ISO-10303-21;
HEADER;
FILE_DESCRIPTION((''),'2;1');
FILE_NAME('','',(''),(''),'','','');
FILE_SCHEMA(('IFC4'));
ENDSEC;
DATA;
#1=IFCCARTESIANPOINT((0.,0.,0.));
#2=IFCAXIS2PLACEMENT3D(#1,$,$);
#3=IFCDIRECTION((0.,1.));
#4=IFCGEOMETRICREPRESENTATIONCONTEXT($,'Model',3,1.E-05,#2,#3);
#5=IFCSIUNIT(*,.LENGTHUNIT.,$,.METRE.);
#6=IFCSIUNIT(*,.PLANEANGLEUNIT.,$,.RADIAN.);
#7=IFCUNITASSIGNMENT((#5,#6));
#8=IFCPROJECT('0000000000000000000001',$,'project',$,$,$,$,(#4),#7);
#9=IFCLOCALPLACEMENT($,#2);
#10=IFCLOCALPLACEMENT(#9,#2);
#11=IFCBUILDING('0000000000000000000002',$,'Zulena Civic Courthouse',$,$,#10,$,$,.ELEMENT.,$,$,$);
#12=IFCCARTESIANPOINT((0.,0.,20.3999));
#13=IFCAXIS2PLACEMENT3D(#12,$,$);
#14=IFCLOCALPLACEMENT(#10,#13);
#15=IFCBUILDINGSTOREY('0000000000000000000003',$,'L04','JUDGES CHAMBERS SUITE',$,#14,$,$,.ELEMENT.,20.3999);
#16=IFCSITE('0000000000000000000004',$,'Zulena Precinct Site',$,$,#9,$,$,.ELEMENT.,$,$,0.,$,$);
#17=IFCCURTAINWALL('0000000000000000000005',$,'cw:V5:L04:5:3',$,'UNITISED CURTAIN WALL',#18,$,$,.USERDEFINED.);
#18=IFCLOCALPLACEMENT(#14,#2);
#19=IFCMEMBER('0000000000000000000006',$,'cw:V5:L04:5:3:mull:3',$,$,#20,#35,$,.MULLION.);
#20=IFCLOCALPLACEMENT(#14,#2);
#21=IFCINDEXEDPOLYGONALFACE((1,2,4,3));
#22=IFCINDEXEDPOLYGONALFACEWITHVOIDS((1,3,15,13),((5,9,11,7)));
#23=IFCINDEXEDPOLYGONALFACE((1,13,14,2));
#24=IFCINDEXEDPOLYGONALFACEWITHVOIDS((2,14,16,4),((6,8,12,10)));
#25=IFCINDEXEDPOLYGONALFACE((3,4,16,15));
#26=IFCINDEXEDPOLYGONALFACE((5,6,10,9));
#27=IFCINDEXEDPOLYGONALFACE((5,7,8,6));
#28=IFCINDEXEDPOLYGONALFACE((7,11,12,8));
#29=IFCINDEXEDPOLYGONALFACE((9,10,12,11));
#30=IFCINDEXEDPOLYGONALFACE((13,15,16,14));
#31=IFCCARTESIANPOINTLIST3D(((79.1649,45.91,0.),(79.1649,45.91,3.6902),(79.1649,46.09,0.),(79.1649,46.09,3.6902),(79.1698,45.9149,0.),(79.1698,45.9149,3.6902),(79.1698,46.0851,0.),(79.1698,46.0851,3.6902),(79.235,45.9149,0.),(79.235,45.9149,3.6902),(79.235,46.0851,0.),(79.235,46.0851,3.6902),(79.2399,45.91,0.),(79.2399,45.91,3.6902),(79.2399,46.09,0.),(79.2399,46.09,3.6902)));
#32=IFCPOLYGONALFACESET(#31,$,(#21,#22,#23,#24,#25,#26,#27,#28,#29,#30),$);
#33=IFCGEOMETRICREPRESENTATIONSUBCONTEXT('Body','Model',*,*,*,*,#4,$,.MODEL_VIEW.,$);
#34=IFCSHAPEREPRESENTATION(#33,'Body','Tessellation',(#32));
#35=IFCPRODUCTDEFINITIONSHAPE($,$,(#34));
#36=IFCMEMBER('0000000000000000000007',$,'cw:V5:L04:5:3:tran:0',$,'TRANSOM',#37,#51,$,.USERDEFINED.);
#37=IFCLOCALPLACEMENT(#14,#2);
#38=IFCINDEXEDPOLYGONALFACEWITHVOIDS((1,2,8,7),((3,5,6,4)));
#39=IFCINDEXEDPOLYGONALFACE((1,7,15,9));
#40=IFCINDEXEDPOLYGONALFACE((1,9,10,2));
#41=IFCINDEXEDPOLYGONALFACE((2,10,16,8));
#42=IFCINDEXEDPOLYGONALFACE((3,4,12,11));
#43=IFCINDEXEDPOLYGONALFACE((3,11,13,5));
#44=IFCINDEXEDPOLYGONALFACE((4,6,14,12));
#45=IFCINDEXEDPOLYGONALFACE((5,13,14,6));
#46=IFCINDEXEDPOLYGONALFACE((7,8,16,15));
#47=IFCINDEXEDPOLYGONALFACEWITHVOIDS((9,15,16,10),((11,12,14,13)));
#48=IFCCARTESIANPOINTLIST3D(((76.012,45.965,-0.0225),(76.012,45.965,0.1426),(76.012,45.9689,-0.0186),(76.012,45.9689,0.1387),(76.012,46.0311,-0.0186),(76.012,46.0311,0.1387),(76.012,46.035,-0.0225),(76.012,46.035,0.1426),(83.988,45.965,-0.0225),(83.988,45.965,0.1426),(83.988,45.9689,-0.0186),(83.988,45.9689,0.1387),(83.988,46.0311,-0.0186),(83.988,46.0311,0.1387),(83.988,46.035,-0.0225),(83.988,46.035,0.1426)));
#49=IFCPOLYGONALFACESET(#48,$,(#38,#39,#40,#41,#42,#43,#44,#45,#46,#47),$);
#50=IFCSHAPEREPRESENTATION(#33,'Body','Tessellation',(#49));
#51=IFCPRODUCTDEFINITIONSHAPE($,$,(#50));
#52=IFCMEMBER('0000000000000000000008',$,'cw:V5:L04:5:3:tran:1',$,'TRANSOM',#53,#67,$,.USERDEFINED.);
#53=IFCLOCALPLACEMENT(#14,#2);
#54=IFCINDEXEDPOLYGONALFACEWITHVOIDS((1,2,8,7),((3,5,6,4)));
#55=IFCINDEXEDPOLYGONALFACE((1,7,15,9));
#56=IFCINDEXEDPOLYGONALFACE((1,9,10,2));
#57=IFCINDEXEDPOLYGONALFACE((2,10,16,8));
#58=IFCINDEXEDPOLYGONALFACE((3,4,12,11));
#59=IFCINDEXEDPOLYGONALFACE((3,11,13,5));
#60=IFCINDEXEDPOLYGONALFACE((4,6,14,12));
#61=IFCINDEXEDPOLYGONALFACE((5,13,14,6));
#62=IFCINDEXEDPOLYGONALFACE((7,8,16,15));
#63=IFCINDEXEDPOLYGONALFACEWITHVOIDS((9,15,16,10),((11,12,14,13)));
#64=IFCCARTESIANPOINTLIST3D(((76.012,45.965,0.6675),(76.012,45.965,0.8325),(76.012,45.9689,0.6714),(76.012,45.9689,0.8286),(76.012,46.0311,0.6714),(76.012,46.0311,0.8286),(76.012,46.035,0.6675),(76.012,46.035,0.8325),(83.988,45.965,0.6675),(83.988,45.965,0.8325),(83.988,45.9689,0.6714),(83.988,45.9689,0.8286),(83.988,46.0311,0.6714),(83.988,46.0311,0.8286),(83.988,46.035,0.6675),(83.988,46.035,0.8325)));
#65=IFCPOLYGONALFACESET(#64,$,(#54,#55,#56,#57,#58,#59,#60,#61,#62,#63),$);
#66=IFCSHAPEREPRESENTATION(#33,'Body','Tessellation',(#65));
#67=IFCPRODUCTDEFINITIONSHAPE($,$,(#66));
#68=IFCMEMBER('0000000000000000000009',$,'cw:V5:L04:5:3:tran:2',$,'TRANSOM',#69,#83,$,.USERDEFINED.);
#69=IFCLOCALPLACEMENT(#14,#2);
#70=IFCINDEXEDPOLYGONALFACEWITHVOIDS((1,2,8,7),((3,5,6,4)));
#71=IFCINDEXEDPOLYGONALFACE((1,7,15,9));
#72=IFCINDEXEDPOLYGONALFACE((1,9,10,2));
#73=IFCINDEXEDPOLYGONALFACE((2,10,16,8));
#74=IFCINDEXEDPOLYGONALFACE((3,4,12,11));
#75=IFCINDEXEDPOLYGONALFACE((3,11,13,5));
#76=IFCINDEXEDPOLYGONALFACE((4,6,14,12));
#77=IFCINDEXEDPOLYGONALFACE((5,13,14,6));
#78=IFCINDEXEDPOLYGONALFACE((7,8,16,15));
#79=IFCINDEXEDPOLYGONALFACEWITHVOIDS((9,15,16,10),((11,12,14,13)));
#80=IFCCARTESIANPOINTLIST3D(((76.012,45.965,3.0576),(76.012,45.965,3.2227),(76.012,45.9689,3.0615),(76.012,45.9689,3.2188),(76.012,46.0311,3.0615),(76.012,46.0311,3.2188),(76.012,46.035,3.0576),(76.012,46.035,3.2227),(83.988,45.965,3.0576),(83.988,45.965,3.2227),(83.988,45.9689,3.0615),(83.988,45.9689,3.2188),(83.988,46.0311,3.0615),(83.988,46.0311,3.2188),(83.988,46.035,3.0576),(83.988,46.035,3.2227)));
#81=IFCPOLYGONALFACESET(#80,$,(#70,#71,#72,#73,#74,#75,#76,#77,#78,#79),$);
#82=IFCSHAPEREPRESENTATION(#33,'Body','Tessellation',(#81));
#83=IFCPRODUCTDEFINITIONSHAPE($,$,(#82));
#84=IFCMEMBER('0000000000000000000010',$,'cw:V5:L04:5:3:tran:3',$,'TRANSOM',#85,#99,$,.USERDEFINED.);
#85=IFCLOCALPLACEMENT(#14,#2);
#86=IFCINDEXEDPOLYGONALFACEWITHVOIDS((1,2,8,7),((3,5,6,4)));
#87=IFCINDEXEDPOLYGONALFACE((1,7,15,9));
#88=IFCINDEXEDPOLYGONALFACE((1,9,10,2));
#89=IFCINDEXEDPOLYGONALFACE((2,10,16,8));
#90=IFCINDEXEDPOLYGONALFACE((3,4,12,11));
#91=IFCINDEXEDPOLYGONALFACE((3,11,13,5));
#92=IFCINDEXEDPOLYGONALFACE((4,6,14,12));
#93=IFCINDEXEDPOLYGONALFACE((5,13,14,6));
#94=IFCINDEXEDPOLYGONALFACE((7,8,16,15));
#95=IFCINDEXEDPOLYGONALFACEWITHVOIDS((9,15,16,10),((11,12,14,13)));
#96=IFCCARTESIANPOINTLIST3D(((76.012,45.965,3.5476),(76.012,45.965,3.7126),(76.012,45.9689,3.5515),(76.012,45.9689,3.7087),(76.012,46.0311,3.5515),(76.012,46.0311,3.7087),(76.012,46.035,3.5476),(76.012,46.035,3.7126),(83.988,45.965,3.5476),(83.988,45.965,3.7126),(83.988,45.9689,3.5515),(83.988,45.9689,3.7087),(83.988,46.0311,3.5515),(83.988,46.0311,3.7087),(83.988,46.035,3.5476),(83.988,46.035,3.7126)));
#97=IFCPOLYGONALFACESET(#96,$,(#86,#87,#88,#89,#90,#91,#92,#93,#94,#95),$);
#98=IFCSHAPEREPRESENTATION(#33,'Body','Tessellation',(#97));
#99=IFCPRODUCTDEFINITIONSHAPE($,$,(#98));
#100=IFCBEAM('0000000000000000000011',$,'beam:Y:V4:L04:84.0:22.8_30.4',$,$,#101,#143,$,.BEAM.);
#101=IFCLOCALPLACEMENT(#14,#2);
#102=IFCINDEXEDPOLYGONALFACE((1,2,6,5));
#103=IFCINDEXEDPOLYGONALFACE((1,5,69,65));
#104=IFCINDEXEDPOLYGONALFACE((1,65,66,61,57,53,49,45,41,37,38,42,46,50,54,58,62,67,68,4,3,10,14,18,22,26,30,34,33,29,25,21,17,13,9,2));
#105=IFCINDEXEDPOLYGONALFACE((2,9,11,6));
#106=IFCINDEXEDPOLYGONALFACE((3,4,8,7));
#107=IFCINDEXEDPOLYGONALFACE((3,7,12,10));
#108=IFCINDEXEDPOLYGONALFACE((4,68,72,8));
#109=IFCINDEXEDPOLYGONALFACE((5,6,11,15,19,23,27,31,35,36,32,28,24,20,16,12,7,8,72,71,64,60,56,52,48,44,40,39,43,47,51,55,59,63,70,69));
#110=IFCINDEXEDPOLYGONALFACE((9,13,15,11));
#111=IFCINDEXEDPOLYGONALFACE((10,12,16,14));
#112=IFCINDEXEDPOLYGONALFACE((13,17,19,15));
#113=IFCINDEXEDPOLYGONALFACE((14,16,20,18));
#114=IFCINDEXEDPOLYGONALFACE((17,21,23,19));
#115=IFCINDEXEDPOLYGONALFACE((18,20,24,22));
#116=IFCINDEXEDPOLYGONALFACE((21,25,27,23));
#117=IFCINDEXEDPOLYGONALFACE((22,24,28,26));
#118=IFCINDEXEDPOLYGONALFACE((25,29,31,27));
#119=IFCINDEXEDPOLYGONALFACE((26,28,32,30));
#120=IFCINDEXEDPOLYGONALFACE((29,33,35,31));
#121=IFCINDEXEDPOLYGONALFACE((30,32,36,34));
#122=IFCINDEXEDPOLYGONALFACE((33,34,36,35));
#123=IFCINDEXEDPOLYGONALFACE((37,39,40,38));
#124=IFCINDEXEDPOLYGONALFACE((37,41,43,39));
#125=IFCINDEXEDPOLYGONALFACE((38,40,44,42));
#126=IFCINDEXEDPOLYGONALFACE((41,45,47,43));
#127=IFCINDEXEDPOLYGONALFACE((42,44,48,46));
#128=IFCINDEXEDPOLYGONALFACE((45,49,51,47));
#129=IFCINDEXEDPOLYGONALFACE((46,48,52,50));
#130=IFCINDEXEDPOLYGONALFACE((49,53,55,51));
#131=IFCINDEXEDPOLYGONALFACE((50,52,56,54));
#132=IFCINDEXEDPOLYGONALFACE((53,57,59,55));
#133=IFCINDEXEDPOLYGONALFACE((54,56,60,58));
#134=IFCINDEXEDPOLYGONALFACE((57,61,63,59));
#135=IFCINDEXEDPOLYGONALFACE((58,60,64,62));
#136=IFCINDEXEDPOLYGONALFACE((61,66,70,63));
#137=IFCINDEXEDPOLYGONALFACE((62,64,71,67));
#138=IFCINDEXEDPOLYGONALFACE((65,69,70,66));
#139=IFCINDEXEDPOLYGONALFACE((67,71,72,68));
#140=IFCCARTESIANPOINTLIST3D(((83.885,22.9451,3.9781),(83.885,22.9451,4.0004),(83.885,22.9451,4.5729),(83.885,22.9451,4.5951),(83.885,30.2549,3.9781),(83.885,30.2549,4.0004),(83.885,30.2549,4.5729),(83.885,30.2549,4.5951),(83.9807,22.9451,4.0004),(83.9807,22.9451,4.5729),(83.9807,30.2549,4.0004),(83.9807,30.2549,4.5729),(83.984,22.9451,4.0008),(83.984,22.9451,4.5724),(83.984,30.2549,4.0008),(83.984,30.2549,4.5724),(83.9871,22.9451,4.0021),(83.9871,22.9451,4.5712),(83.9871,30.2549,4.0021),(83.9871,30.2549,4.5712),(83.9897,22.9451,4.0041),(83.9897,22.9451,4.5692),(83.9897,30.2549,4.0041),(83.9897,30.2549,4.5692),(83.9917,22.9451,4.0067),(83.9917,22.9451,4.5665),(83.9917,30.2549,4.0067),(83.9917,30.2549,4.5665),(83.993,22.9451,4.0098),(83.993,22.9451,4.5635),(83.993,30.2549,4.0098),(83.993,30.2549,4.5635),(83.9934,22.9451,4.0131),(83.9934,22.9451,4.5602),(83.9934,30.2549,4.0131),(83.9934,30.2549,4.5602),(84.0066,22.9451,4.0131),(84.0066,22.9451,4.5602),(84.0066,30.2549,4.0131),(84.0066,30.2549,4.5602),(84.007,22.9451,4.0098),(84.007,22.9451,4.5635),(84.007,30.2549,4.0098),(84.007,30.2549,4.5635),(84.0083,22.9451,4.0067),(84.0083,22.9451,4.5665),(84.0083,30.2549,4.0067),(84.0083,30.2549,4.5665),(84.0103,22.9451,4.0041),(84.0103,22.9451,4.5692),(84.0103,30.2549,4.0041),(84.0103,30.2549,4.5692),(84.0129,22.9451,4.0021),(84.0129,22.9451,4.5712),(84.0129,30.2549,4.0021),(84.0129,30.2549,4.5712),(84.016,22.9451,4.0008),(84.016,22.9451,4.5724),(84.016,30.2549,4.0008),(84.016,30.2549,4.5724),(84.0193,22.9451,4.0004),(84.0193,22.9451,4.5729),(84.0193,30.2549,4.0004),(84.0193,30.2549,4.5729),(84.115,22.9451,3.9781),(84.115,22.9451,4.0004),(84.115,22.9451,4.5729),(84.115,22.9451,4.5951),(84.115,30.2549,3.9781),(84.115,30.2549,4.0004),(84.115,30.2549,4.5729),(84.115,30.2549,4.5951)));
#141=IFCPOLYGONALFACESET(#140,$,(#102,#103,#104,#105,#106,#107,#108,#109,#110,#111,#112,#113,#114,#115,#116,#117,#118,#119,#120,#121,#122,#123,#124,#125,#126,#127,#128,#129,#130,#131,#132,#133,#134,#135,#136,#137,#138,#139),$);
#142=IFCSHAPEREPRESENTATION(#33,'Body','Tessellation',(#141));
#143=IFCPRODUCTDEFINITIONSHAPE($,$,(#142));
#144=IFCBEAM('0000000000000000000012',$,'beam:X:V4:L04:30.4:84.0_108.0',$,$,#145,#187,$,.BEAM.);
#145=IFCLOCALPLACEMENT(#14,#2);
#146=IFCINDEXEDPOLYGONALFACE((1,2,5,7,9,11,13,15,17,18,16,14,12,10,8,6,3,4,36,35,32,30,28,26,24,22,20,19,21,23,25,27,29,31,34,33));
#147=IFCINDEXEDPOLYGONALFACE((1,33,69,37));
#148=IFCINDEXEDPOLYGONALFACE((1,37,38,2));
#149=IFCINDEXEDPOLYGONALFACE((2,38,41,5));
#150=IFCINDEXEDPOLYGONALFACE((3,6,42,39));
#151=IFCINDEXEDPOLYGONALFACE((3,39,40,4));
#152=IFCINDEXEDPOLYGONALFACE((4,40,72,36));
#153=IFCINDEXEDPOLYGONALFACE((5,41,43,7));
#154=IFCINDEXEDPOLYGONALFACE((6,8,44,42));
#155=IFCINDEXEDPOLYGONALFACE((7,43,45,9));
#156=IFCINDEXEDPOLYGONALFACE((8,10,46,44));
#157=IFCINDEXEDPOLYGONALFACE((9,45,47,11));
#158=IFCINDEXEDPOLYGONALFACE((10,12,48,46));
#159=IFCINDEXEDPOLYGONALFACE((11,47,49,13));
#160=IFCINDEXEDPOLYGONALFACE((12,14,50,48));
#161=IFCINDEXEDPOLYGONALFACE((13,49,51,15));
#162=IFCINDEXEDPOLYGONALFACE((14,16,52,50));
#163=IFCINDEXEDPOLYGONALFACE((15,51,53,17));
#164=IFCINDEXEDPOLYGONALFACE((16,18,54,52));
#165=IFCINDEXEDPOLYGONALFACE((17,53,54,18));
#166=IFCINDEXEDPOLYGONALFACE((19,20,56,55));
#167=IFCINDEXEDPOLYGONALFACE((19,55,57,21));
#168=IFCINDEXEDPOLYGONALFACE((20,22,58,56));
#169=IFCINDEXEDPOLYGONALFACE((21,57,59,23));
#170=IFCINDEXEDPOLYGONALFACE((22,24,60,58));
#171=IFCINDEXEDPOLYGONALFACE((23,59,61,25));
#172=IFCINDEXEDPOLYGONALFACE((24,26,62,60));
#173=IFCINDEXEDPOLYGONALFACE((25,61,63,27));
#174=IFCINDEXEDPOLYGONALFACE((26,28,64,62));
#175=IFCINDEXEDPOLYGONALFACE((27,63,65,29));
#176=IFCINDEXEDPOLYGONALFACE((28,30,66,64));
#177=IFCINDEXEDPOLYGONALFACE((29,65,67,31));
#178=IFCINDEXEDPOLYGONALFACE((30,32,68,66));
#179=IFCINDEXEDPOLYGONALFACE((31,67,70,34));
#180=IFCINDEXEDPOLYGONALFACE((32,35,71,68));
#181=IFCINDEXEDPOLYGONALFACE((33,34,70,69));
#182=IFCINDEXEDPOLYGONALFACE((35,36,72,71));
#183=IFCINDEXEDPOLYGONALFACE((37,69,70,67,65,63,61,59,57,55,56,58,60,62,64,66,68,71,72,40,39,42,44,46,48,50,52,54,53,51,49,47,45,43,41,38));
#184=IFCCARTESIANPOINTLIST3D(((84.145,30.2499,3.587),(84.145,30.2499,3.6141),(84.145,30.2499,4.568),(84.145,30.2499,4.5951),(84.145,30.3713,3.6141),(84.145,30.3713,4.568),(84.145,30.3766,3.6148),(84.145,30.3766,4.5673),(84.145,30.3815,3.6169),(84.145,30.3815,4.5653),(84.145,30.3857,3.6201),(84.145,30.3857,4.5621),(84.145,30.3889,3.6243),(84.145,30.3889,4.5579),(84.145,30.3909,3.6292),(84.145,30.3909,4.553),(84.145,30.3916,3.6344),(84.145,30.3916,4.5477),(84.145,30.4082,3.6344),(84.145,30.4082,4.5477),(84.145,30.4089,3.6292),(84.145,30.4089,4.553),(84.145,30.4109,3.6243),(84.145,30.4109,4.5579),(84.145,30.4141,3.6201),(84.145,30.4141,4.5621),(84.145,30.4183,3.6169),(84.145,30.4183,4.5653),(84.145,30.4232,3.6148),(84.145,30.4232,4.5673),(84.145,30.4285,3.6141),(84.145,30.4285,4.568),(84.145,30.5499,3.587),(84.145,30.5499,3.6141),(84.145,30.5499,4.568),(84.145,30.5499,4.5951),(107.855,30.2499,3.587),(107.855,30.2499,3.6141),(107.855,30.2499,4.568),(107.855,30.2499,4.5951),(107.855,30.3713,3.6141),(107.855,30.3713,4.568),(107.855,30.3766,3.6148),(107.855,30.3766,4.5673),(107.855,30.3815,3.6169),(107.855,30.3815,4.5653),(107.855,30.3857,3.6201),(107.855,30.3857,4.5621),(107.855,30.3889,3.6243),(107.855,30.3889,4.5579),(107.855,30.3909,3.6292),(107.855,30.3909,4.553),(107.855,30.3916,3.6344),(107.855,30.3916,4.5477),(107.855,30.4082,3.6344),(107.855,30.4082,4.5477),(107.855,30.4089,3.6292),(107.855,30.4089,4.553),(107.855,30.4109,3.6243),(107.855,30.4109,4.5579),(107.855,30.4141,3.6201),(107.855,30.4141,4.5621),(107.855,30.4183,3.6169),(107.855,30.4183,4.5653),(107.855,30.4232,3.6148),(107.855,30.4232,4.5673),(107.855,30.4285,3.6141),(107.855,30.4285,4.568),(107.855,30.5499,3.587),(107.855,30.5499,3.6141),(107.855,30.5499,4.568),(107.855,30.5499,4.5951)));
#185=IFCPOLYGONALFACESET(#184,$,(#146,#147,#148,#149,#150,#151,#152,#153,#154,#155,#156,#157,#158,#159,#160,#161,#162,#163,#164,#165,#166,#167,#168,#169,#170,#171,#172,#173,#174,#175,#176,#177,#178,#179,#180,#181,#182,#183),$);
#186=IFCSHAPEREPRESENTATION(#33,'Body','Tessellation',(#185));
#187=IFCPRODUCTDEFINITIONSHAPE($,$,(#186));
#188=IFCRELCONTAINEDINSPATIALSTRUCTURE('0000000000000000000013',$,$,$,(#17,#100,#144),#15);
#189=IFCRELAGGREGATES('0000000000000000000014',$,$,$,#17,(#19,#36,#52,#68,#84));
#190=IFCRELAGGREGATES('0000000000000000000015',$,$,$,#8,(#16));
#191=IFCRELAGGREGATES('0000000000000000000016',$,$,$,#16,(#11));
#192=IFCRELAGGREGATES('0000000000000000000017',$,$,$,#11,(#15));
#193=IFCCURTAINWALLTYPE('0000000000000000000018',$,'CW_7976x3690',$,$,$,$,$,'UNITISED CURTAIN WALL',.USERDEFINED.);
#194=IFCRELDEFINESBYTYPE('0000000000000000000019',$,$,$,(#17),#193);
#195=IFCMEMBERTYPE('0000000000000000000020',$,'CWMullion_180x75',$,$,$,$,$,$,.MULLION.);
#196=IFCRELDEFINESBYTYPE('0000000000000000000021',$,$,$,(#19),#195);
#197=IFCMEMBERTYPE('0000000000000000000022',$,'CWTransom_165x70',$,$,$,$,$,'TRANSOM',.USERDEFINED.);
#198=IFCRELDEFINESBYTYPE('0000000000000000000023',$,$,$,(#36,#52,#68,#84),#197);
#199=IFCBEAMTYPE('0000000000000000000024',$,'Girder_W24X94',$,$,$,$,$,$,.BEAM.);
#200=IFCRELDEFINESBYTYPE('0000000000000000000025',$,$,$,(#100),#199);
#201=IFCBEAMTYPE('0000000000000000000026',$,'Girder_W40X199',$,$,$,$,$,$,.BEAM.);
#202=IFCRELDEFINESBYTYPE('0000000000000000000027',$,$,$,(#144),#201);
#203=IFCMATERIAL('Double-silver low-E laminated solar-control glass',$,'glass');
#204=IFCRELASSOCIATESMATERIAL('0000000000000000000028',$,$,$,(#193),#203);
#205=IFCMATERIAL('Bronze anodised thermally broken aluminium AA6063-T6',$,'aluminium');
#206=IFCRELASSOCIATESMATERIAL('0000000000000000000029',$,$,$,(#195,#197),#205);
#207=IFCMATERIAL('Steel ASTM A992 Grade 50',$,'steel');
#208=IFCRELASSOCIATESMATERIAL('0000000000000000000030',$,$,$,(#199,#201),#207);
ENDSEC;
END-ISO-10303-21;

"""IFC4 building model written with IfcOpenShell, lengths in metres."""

from ifc_helpers import new_model, si_unit, direction, frame, origin, origin_2d, place, context, subcontext, project, spatial, hollow_rectangle, i_section, extrude, material, material_profile, profile_set, type_object, element, aggregate, save


model = new_model("IFC4")

# Units and contexts
model_context = context("Model", 3, precision=1e-05, world=origin(), true_north=direction((0.0, 1.0)))
body_context = subcontext(model_context, "Body", "Model", "MODEL_VIEW")
ifc_project = project(units=[si_unit("LENGTHUNIT", "METRE"), si_unit("PLANEANGLEUNIT", "RADIAN")], contexts=[model_context])

# Site, building, storey
site_placement = place(None, origin())
site = spatial("IfcSite", under=ifc_project, at=site_placement, Name="Zulena Precinct Site", CompositionType="ELEMENT", RefElevation=0.0)
building_placement = place(site_placement, origin())
building = spatial("IfcBuilding", under=site, at=building_placement, Name="Zulena Civic Courthouse", CompositionType="ELEMENT")
storey_placement = place(building_placement, frame((0.0, 0.0, 20.3999)))
storey = spatial("IfcBuildingStorey", under=building, at=storey_placement, Name="L04", Description="JUDGES CHAMBERS SUITE", CompositionType="ELEMENT", Elevation=20.3999)

# Shared definitions
ifc_material_1 = material(Name="Steel ASTM A992 Grade 50", Category="steel")

# Curtain wall, members
ifc_material_2 = material(Name="Double-silver low-E laminated solar-control glass", Category="glass")
curtain_wall_type = type_object("IfcCurtainWallType", Name="CW_7976x3690", ElementType="UNITISED CURTAIN WALL", PredefinedType="USERDEFINED", material=ifc_material_2)
curtain_wall_placement = place(storey_placement, origin())
curtain_wall = element("IfcCurtainWall", 1, at=curtain_wall_placement, inside=storey, type_object=curtain_wall_type, Name="cw:V5:L04:5:3", ObjectType="UNITISED CURTAIN WALL", PredefinedType="USERDEFINED")
ifc_material_3 = material(Name="Bronze anodised thermally broken aluminium AA6063-T6", Category="aluminium")
ifc_material_profile_1 = material_profile(ifc_material_3, hollow_rectangle(XDim=0.075, YDim=0.1799, WallThickness=0.0049, at=origin_2d()), Name="CWM180X75X5")
ifc_profile_set_1 = profile_set([ifc_material_profile_1], Name="Bronze anodised thermally broken aluminium AA6063-T6")
member_type_1 = type_object("IfcMemberType", Name="CWMullion_180x75", PredefinedType="MULLION", material=ifc_profile_set_1)
member_1_placement = place(storey_placement, frame((79.2024, 46.0, 0.0), z_axis=(0.0, 0.0, 1.0), x_axis=(1.0, 0.0, 0.0)))
member_1 = element("IfcMember", 2, at=member_1_placement, type_object=member_type_1, Name="cw:V5:L04:5:3:mull:3", PredefinedType="MULLION", context=body_context, shape_type="SweptSolid", body=[
    extrude(hollow_rectangle(XDim=0.075, YDim=0.1799, WallThickness=0.0049, at=origin_2d()), origin(), (0.0, 0.0, 1.0), 3.6902),
])
ifc_material_profile_2 = material_profile(ifc_material_3, hollow_rectangle(XDim=0.0701, YDim=0.165, WallThickness=0.0039, at=origin_2d()), Name="CWT165X70X4")
ifc_profile_set_2 = profile_set([ifc_material_profile_2], Name="Bronze anodised thermally broken aluminium AA6063-T6")
member_type_2 = type_object("IfcMemberType", Name="CWTransom_165x70", ElementType="TRANSOM", PredefinedType="USERDEFINED", material=ifc_profile_set_2)
member_2_placement = place(storey_placement, frame((83.988, 46.0, 0.0601), z_axis=(-1.0, 0.0, 0.0), x_axis=(0.0, -1.0, 0.0)))
member_2 = element("IfcMember", 3, at=member_2_placement, type_object=member_type_2, Name="cw:V5:L04:5:3:tran:0", ObjectType="TRANSOM", PredefinedType="USERDEFINED", context=body_context, shape_type="SweptSolid", body=[
    extrude(hollow_rectangle(XDim=0.0701, YDim=0.165, WallThickness=0.0039, at=origin_2d()), origin(), (0.0, 0.0, 1.0), 7.9761),
])
member_3_placement = place(storey_placement, frame((83.988, 46.0, 0.75), z_axis=(-1.0, 0.0, 0.0), x_axis=(0.0, -1.0, 0.0)))
member_3 = element("IfcMember", 4, at=member_3_placement, type_object=member_type_2, Name="cw:V5:L04:5:3:tran:1", ObjectType="TRANSOM", PredefinedType="USERDEFINED", context=body_context, shape_type="SweptSolid", body=[
    extrude(hollow_rectangle(XDim=0.0701, YDim=0.165, WallThickness=0.0039, at=origin_2d()), origin(), (0.0, 0.0, 1.0), 7.9761),
])
member_4_placement = place(storey_placement, frame((83.988, 46.0, 3.1401), z_axis=(-1.0, 0.0, 0.0), x_axis=(0.0, -1.0, 0.0)))
member_4 = element("IfcMember", 5, at=member_4_placement, type_object=member_type_2, Name="cw:V5:L04:5:3:tran:2", ObjectType="TRANSOM", PredefinedType="USERDEFINED", context=body_context, shape_type="SweptSolid", body=[
    extrude(hollow_rectangle(XDim=0.0701, YDim=0.165, WallThickness=0.0039, at=origin_2d()), origin(), (0.0, 0.0, 1.0), 7.9761),
])
member_5_placement = place(storey_placement, frame((83.988, 46.0, 3.6301), z_axis=(-1.0, 0.0, 0.0), x_axis=(0.0, -1.0, 0.0)))
member_5 = element("IfcMember", 6, at=member_5_placement, type_object=member_type_2, Name="cw:V5:L04:5:3:tran:3", ObjectType="TRANSOM", PredefinedType="USERDEFINED", context=body_context, shape_type="SweptSolid", body=[
    extrude(hollow_rectangle(XDim=0.0701, YDim=0.165, WallThickness=0.0039, at=origin_2d()), origin(), (0.0, 0.0, 1.0), 7.9761),
])

# Beams
ifc_material_profile_3 = material_profile(ifc_material_1, i_section(OverallWidth=0.23, OverallDepth=0.6169, WebThickness=0.0132, FlangeThickness=0.0222, FilletRadius=0.0127, at=origin_2d()), Name="W24X94")
ifc_profile_set_3 = profile_set([ifc_material_profile_3], Name="Steel ASTM A992 Grade 50")
beam_type_1 = type_object("IfcBeamType", Name="Girder_W24X94", PredefinedType="BEAM", material=ifc_profile_set_3)
beam_1_placement = place(storey_placement, frame((84.0, 22.9451, 4.2866), z_axis=(0.0, 1.0, 0.0), x_axis=(-1.0, 0.0, 0.0)))
element("IfcBeam", 7, at=beam_1_placement, inside=storey, type_object=beam_type_1, Name="beam:Y:V4:L04:84.0:22.8_30.4", PredefinedType="BEAM", context=body_context, shape_type="SweptSolid", body=[
    extrude(i_section(OverallWidth=0.23, OverallDepth=0.6169, WebThickness=0.0132, FlangeThickness=0.0222, FilletRadius=0.0127, at=origin_2d()), origin(), (0.0, 0.0, 1.0), 7.3098),
])
ifc_material_profile_4 = material_profile(ifc_material_1, i_section(OverallWidth=0.3, OverallDepth=1.0081, WebThickness=0.0166, FlangeThickness=0.0271, FilletRadius=0.0203, at=origin_2d()), Name="W40X199")
ifc_profile_set_4 = profile_set([ifc_material_profile_4], Name="Steel ASTM A992 Grade 50")
beam_type_2 = type_object("IfcBeamType", Name="Girder_W40X199", PredefinedType="BEAM", material=ifc_profile_set_4)
beam_2_placement = place(storey_placement, frame((84.145, 30.3999, 4.0911), z_axis=(1.0, 0.0, 0.0), x_axis=(0.0, 1.0, 0.0)))
element("IfcBeam", 8, at=beam_2_placement, inside=storey, type_object=beam_type_2, Name="beam:X:V4:L04:30.4:84.0_108.0", PredefinedType="BEAM", context=body_context, shape_type="SweptSolid", body=[
    extrude(i_section(OverallWidth=0.3, OverallDepth=1.0081, WebThickness=0.0166, FlangeThickness=0.0271, FilletRadius=0.0203, at=origin_2d()), origin(), (0.0, 0.0, 1.0), 23.71),
])

aggregate(curtain_wall, [member_1, member_2, member_3, member_4, member_5])

save(model, "model.ifc")
